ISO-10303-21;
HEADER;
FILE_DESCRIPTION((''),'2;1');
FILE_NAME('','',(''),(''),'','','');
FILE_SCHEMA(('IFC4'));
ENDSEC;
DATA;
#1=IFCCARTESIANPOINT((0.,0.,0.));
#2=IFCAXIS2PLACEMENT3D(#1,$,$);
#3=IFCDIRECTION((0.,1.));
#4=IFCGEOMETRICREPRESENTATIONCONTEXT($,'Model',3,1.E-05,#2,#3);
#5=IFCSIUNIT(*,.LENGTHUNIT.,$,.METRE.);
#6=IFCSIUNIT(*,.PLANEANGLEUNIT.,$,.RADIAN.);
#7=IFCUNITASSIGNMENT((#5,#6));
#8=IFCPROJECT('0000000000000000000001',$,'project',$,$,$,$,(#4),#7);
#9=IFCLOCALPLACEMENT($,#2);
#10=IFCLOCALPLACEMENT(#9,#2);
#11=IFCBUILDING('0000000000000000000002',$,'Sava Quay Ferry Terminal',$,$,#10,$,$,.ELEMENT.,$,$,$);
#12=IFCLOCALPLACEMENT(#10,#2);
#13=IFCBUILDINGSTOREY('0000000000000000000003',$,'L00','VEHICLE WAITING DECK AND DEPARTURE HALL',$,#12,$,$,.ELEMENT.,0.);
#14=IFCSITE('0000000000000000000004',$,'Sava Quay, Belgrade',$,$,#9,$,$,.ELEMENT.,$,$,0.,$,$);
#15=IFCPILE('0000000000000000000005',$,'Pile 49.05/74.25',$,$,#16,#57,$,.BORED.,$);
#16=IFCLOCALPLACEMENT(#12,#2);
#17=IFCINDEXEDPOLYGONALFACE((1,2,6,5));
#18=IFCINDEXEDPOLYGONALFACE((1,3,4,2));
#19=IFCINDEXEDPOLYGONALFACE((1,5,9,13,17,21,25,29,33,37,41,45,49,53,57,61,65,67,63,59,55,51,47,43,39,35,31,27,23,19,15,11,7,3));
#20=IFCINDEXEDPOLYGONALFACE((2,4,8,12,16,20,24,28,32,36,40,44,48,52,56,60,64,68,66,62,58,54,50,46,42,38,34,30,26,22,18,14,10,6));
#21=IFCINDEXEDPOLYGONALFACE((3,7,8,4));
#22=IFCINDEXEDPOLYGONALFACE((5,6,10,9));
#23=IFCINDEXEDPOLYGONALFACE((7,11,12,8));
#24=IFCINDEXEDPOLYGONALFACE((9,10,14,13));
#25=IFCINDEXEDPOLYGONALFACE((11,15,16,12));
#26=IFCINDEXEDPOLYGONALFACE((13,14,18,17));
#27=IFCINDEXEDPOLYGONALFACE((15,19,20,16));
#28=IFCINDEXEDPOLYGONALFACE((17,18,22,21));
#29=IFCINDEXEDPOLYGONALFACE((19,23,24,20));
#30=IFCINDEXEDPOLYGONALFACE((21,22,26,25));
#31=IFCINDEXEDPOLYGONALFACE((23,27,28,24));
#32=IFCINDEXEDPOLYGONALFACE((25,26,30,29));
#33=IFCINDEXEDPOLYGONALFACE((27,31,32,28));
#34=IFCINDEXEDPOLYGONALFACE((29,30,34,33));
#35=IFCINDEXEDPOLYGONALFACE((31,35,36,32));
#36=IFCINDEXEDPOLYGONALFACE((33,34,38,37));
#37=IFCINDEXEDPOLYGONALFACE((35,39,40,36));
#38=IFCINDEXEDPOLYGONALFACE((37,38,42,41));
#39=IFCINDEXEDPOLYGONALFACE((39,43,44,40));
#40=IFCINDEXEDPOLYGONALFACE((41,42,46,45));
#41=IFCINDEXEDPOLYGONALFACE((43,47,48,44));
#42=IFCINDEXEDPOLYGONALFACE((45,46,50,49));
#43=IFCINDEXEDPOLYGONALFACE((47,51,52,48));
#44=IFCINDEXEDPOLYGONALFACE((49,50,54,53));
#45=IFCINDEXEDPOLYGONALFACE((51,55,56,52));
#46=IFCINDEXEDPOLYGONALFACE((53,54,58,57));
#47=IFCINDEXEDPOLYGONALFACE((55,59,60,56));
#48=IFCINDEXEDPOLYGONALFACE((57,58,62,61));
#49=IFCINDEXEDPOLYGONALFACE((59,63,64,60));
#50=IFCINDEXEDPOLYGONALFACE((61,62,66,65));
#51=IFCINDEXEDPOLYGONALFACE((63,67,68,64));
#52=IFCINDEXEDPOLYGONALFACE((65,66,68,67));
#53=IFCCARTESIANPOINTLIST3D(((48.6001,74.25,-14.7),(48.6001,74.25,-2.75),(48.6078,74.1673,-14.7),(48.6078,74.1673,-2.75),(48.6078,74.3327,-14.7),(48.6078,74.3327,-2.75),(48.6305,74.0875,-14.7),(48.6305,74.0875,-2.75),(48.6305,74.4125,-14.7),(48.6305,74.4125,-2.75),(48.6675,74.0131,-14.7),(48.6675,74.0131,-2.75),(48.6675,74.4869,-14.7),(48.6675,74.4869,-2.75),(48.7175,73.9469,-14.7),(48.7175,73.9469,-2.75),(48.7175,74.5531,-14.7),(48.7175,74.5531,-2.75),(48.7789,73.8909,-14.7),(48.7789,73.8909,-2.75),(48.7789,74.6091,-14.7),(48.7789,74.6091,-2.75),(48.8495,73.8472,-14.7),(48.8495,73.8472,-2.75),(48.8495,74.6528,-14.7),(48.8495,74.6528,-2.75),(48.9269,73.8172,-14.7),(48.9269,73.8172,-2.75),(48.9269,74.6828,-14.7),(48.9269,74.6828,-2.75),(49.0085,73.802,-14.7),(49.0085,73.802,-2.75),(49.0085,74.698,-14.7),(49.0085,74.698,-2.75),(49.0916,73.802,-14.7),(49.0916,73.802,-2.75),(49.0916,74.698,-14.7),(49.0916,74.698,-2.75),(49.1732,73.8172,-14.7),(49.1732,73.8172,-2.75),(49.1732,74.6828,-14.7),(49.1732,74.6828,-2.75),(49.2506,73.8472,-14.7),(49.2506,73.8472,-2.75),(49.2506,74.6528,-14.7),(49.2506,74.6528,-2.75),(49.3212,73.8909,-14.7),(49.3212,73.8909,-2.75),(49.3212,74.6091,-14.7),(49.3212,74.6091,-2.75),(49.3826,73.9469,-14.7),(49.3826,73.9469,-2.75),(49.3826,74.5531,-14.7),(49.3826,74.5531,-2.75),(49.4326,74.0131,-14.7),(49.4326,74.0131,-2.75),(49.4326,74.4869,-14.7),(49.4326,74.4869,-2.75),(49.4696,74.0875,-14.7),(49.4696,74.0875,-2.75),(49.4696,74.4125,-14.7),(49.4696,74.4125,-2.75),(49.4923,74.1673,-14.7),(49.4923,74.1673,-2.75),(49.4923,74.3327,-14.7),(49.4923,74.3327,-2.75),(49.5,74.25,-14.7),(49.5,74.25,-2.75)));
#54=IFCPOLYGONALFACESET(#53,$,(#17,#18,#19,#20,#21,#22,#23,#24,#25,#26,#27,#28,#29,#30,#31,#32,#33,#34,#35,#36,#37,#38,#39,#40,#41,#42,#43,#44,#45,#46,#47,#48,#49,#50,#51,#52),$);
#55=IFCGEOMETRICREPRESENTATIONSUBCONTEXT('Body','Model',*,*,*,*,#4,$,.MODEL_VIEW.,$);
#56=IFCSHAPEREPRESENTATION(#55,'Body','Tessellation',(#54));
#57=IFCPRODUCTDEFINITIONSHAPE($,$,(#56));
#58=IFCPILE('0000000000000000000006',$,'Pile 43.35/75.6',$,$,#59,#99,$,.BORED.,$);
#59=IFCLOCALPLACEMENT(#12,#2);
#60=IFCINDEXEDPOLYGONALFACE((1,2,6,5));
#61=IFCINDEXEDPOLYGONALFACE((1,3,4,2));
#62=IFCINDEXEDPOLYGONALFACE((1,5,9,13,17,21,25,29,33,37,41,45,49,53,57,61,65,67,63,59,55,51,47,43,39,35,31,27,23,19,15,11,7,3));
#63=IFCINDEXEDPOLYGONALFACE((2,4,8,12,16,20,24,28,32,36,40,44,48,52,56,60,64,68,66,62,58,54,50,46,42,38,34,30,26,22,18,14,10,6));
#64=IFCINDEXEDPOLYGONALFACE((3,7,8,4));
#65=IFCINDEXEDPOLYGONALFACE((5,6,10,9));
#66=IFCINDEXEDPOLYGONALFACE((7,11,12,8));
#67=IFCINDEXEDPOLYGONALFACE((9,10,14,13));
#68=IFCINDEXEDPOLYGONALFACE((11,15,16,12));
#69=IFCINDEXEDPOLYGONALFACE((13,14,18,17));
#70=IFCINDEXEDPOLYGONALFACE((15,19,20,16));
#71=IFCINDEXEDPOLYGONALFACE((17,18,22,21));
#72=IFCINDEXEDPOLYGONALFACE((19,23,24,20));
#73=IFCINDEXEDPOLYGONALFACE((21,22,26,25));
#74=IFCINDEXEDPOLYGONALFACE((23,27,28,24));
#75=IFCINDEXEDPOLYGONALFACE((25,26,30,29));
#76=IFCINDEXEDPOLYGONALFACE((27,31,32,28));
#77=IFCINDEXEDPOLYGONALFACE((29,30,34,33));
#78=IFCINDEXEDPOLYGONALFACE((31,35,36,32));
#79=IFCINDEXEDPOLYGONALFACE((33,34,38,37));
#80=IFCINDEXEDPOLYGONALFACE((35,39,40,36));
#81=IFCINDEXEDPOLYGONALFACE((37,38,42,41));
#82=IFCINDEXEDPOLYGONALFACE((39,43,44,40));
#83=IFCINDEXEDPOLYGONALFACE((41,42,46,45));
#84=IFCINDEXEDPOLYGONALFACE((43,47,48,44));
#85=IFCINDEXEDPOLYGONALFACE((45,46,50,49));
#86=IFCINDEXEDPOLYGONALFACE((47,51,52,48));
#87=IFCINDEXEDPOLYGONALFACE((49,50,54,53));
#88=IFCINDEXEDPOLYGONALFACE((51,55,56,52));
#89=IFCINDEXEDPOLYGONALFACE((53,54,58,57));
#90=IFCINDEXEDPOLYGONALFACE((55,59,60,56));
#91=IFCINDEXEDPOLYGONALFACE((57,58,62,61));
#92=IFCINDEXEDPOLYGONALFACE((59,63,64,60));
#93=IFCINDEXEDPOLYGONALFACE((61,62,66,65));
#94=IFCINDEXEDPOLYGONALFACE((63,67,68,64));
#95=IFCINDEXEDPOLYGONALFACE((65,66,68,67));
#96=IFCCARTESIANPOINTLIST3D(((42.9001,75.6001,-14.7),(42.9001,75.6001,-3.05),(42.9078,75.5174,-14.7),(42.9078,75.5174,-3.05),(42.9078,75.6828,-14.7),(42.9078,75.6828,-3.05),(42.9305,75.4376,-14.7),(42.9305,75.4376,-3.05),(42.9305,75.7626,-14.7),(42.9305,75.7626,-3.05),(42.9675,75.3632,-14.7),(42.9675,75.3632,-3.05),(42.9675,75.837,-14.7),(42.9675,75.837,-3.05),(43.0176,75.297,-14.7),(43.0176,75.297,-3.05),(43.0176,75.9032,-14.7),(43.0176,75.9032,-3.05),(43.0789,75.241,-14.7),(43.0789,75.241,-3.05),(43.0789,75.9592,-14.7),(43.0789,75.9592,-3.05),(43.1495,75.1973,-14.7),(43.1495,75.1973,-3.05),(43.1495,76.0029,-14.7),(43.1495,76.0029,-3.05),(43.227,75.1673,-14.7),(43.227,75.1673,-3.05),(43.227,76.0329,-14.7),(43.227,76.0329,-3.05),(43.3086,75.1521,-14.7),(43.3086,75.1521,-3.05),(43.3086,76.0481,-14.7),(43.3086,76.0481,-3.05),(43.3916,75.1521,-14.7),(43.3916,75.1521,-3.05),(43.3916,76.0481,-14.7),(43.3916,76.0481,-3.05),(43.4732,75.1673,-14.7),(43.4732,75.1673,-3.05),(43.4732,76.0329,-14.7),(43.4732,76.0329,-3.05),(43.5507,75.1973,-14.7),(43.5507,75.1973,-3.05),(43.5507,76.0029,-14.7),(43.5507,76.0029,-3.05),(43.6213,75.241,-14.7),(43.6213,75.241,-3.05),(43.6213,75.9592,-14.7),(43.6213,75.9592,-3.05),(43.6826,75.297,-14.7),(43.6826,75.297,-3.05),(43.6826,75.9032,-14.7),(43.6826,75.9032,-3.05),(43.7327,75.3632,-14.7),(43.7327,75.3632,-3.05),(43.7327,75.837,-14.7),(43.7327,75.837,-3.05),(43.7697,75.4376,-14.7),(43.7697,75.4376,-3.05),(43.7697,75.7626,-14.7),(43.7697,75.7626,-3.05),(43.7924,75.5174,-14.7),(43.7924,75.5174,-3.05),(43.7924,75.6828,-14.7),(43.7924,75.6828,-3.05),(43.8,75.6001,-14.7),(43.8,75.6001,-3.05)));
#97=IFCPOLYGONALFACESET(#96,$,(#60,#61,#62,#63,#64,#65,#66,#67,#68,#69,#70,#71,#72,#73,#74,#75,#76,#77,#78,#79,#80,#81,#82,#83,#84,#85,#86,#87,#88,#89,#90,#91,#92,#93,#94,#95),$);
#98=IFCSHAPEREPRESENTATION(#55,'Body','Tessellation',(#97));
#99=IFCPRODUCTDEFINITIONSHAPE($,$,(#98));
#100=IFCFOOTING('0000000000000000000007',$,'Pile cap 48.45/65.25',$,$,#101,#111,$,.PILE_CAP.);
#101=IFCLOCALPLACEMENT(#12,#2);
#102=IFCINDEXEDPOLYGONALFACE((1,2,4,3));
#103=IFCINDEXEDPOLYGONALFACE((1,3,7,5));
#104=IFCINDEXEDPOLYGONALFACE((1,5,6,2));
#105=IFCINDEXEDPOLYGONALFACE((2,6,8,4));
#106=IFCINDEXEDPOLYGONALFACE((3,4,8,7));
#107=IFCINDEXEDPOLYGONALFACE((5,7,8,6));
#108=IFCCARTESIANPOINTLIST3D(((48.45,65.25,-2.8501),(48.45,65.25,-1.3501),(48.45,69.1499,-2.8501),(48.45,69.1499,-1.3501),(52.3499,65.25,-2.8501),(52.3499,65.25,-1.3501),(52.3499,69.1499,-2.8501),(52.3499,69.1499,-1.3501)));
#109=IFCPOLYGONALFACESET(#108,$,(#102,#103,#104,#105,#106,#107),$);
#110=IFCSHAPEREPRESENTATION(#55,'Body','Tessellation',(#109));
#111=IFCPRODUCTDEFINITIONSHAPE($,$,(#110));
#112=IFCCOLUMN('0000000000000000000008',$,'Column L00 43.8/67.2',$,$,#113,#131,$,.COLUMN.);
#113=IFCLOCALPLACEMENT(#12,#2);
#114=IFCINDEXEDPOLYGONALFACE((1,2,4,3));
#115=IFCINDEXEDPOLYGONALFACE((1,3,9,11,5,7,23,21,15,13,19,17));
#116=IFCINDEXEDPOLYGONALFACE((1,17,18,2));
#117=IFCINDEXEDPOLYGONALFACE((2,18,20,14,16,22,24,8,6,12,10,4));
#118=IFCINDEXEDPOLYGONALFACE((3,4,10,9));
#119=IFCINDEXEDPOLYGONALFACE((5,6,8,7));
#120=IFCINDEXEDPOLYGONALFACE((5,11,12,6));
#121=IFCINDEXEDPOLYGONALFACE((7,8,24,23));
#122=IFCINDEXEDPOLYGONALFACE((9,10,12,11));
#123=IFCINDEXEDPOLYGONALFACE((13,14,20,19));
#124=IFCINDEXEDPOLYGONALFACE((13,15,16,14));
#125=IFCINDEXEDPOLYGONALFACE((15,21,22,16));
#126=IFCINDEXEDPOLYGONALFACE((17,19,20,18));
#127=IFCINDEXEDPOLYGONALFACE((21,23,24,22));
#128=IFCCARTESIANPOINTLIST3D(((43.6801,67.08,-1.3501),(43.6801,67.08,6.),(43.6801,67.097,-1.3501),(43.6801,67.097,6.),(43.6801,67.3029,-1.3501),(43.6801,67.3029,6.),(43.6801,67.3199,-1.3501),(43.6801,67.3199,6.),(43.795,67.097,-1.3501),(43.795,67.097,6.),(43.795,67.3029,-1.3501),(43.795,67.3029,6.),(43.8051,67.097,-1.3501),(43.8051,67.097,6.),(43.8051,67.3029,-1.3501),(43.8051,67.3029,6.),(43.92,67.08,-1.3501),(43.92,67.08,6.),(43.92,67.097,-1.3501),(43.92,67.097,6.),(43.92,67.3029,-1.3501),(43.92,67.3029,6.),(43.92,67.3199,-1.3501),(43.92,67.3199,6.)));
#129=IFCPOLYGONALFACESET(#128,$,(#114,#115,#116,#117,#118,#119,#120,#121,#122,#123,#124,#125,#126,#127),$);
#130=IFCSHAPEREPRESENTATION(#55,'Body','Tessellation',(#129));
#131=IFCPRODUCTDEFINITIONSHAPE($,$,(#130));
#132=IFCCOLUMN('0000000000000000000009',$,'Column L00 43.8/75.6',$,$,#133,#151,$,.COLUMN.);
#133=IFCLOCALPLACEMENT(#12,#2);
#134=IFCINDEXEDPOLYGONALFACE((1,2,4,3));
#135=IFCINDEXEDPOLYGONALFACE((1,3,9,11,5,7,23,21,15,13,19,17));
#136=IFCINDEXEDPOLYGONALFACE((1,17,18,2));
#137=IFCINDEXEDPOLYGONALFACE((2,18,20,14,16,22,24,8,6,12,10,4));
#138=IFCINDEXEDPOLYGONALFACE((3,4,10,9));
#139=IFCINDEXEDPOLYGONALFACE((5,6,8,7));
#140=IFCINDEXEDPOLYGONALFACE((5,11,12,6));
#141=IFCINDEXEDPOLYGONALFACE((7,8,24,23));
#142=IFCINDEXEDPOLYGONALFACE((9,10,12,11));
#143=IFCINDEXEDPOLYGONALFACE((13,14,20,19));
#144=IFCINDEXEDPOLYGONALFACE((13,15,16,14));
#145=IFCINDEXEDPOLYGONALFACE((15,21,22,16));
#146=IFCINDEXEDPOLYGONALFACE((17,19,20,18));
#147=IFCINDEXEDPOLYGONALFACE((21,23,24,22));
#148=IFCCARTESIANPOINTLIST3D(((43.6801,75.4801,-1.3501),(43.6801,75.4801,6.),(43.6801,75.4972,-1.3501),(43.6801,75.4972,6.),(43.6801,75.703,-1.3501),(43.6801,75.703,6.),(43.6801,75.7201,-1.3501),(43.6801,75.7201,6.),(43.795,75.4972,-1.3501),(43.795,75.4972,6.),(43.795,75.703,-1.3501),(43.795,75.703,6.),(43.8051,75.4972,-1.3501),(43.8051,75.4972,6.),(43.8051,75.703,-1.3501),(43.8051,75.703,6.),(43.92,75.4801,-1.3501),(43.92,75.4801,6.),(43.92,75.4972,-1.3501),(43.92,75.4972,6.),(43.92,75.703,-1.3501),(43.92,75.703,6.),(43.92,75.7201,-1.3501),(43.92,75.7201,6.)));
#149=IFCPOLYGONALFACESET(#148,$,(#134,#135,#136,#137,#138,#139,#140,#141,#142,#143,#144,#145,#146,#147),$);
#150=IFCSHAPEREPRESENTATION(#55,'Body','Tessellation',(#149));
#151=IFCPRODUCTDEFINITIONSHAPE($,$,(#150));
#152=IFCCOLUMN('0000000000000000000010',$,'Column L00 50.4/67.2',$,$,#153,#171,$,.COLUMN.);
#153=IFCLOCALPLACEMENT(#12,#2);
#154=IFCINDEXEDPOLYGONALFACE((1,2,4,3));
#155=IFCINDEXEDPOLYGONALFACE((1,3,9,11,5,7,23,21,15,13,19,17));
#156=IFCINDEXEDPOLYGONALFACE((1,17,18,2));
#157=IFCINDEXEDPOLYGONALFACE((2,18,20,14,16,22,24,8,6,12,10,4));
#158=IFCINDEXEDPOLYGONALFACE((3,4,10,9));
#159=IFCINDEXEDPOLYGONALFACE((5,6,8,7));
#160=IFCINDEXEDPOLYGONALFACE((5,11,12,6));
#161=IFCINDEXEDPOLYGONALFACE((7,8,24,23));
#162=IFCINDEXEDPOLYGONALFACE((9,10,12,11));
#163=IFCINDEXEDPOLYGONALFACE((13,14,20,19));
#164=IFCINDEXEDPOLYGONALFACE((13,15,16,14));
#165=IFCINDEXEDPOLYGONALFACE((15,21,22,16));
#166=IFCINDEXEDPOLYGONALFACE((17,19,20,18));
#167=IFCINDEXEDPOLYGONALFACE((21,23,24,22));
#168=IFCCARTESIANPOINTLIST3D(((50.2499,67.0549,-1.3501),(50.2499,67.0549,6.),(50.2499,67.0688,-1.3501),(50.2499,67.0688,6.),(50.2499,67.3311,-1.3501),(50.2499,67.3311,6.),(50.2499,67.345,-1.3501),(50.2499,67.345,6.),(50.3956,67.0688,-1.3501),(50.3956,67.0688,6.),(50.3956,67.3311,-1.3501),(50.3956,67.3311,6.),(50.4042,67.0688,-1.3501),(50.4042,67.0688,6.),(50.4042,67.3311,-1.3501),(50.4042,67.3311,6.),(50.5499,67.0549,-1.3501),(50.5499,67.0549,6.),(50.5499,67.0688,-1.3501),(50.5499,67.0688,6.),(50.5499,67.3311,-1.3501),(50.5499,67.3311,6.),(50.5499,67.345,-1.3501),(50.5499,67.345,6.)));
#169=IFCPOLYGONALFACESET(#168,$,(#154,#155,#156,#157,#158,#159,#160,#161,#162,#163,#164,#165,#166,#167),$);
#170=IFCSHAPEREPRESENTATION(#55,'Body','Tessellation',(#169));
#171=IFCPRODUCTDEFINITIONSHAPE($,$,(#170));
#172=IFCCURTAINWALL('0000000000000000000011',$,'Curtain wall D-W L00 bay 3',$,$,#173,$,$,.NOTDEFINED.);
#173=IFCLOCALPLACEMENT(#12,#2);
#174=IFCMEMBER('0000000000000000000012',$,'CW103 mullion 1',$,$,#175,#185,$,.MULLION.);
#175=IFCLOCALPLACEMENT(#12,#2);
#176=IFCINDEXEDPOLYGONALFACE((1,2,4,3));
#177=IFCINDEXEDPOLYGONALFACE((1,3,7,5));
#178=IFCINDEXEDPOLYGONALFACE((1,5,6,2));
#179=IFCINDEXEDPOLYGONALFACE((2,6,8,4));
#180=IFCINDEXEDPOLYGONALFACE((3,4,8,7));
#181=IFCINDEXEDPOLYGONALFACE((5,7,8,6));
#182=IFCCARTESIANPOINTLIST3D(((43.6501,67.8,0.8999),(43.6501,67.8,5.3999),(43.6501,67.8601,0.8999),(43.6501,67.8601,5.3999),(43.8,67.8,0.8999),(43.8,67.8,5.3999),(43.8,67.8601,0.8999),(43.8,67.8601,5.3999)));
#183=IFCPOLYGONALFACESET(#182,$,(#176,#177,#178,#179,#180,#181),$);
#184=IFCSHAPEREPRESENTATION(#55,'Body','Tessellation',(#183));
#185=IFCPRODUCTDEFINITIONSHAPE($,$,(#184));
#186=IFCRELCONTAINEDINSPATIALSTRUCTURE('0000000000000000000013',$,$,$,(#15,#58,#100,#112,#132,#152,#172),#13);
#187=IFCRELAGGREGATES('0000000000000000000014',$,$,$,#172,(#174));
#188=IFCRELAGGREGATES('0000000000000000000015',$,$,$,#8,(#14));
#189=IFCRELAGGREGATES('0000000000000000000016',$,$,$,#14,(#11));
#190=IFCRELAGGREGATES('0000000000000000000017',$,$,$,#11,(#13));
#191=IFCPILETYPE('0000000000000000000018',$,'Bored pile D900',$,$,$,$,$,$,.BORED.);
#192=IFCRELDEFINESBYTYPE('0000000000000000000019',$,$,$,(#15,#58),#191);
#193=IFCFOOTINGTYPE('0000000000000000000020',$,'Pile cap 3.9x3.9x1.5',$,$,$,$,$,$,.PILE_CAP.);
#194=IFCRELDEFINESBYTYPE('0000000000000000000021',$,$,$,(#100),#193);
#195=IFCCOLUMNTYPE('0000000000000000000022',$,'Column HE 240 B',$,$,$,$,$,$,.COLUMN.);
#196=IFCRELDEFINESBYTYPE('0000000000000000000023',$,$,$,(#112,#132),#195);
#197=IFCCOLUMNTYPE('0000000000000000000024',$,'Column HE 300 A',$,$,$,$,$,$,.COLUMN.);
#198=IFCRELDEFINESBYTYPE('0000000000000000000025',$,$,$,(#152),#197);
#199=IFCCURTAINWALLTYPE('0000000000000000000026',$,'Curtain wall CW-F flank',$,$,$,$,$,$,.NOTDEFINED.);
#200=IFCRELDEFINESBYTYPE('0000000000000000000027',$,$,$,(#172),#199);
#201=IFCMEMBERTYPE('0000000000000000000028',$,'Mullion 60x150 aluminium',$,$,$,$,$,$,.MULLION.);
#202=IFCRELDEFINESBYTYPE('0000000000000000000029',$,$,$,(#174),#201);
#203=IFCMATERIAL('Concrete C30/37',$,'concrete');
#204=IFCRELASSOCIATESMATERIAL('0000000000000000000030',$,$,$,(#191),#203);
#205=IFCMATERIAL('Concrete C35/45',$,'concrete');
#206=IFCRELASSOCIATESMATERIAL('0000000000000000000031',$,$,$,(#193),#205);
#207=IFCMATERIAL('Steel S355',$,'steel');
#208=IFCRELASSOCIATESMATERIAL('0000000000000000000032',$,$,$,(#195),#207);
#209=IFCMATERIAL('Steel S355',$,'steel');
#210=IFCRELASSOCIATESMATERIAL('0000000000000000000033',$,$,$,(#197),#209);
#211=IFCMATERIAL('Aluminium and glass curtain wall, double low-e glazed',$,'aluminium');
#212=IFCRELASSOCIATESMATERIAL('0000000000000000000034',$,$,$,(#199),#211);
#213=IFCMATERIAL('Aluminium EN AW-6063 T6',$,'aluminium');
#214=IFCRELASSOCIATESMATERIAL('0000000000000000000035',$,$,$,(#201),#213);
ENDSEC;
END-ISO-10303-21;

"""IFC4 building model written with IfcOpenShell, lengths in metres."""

from ifc_helpers import new_model, si_unit, direction, frame, origin, origin_2d, place, context, subcontext, project, spatial, rectangle, circle, i_section, extrude, material, material_profile, profile_set, type_object, element, aggregate, save


model = new_model("IFC4")

# Units and contexts
model_context = context("Model", 3, precision=1e-05, world=origin(), true_north=direction((0.0, 1.0)))
body_context = subcontext(model_context, "Body", "Model", "MODEL_VIEW")
ifc_project = project(units=[si_unit("LENGTHUNIT", "METRE"), si_unit("PLANEANGLEUNIT", "RADIAN")], contexts=[model_context])

# Site, building, storey
site_placement = place(None, origin())
site = spatial("IfcSite", under=ifc_project, at=site_placement, Name="Sava Quay, Belgrade", CompositionType="ELEMENT", RefElevation=0.0)
building_placement = place(site_placement, origin())
building = spatial("IfcBuilding", under=site, at=building_placement, Name="Sava Quay Ferry Terminal", CompositionType="ELEMENT")
storey_placement = place(building_placement, origin())
storey = spatial("IfcBuildingStorey", under=building, at=storey_placement, Name="L00", Description="VEHICLE WAITING DECK AND DEPARTURE HALL", CompositionType="ELEMENT", Elevation=0.0)

# Piles
ifc_material_1 = material(Name="Concrete C30/37", Category="concrete")
ifc_material_profile_1 = material_profile(ifc_material_1, circle(Radius=0.45, at=origin_2d()), Name="Bored pile D900")
ifc_profile_set_1 = profile_set([ifc_material_profile_1], Name="Concrete C30/37")
pile_type = type_object("IfcPileType", Name="Bored pile D900", PredefinedType="BORED", material=ifc_profile_set_1)
for number, where, z_axis, x_axis, name in (
    (1, (49.05, 74.25, -2.75), (0.0, 0.0, -1.0), (1.0, 0.0, 0.0), "Pile 49.05/74.25"),
):
    element("IfcPile", number, at=place(storey_placement, frame(where, z_axis=z_axis, x_axis=x_axis)), inside=storey, type_object=pile_type, Name=name, PredefinedType="BORED", context=body_context, shape_type="SweptSolid", body=[
        extrude(circle(Radius=0.45, at=origin_2d()), origin(), (0.0, 0.0, 1.0), 11.95),
    ])
pile_placement = place(storey_placement, frame((43.3501, 75.6001, -3.05), z_axis=(0.0, 0.0, -1.0), x_axis=(1.0, 0.0, 0.0)))
element("IfcPile", 2, at=pile_placement, inside=storey, type_object=pile_type, Name="Pile 43.35/75.6", PredefinedType="BORED", context=body_context, shape_type="SweptSolid", body=[
    extrude(circle(Radius=0.45, at=origin_2d()), origin(), (0.0, 0.0, 1.0), 11.6499),
])

# Footing
ifc_material_2 = material(Name="Concrete C35/45", Category="concrete")
footing_type = type_object("IfcFootingType", Name="Pile cap 3.9x3.9x1.5", PredefinedType="PILE_CAP", material=ifc_material_2)
footing_placement = place(storey_placement, frame((50.3999, 67.2, -2.8501), z_axis=(0.0, 0.0, 1.0), x_axis=(1.0, 0.0, 0.0)))
element("IfcFooting", 3, at=footing_placement, inside=storey, type_object=footing_type, Name="Pile cap 48.45/65.25", PredefinedType="PILE_CAP", context=body_context, shape_type="SweptSolid", body=[
    extrude(rectangle(XDim=3.8999, YDim=3.8999, at=origin_2d()), origin(), (0.0, 0.0, 1.0), 1.5),
])

# Columns
ifc_material_3 = material(Name="Steel S355", Category="steel")
ifc_material_profile_2 = material_profile(ifc_material_3, i_section(OverallWidth=0.24, OverallDepth=0.24, WebThickness=0.01, FlangeThickness=0.0171, at=origin_2d()), Name="HE 240 B")
ifc_profile_set_2 = profile_set([ifc_material_profile_2], Name="Steel S355")
column_type_1 = type_object("IfcColumnType", Name="Column HE 240 B", PredefinedType="COLUMN", material=ifc_profile_set_2)
for number, where, z_axis, x_axis, name in (
    (4, (43.8, 67.2, -1.3501), (0.0, 0.0, 1.0), (1.0, 0.0, 0.0), "Column L00 43.8/67.2"),
    (5, (43.8, 75.6001, -1.3501), (0.0, 0.0, 1.0), (1.0, 0.0, 0.0), "Column L00 43.8/75.6"),
):
    element("IfcColumn", number, at=place(storey_placement, frame(where, z_axis=z_axis, x_axis=x_axis)), inside=storey, type_object=column_type_1, Name=name, PredefinedType="COLUMN", context=body_context, shape_type="SweptSolid", body=[
        extrude(i_section(OverallWidth=0.24, OverallDepth=0.24, WebThickness=0.01, FlangeThickness=0.0171, at=origin_2d()), origin(), (0.0, 0.0, 1.0), 7.3501),
    ])
ifc_material_4 = material(Name="Steel S355", Category="steel")
ifc_material_profile_3 = material_profile(ifc_material_4, i_section(OverallWidth=0.3, OverallDepth=0.29, WebThickness=0.0085, FlangeThickness=0.0139, at=origin_2d()), Name="HE 300 A")
ifc_profile_set_3 = profile_set([ifc_material_profile_3], Name="Steel S355")
column_type_2 = type_object("IfcColumnType", Name="Column HE 300 A", PredefinedType="COLUMN", material=ifc_profile_set_3)
column_placement = place(storey_placement, frame((50.3999, 67.2, -1.3501), z_axis=(0.0, 0.0, 1.0), x_axis=(1.0, 0.0, 0.0)))
element("IfcColumn", 6, at=column_placement, inside=storey, type_object=column_type_2, Name="Column L00 50.4/67.2", PredefinedType="COLUMN", context=body_context, shape_type="SweptSolid", body=[
    extrude(i_section(OverallWidth=0.3, OverallDepth=0.29, WebThickness=0.0085, FlangeThickness=0.0139, at=origin_2d()), origin(), (0.0, 0.0, 1.0), 7.3501),
])

# Curtain wall, member
ifc_material_5 = material(Name="Aluminium and glass curtain wall, double low-e glazed", Category="aluminium")
curtain_wall_type = type_object("IfcCurtainWallType", Name="Curtain wall CW-F flank", PredefinedType="NOTDEFINED", material=ifc_material_5)
curtain_wall_placement = place(storey_placement, origin())
curtain_wall = element("IfcCurtainWall", 7, at=curtain_wall_placement, inside=storey, type_object=curtain_wall_type, Name="Curtain wall D-W L00 bay 3", PredefinedType="NOTDEFINED")
ifc_material_6 = material(Name="Aluminium EN AW-6063 T6", Category="aluminium")
ifc_material_profile_4 = material_profile(ifc_material_6, rectangle(XDim=0.1499, YDim=0.0601, at=origin_2d()), Name="Mullion 60x150 aluminium")
ifc_profile_set_4 = profile_set([ifc_material_profile_4], Name="Aluminium EN AW-6063 T6")
member_type_1 = type_object("IfcMemberType", Name="Mullion 60x150 aluminium", PredefinedType="MULLION", material=ifc_profile_set_4)
member_1_placement = place(storey_placement, frame((43.7251, 67.8301, 0.8999), z_axis=(0.0, 0.0, 1.0), x_axis=(-1.0, 0.0, 0.0)))
member_1 = element("IfcMember", 8, at=member_1_placement, type_object=member_type_1, Name="CW103 mullion 1", PredefinedType="MULLION", context=body_context, shape_type="SweptSolid", body=[
    extrude(rectangle(XDim=0.1499, YDim=0.0601, at=origin_2d()), origin(), (0.0, 0.0, 1.0), 4.5),
])

aggregate(curtain_wall, [member_1])

save(model, "model.ifc")
